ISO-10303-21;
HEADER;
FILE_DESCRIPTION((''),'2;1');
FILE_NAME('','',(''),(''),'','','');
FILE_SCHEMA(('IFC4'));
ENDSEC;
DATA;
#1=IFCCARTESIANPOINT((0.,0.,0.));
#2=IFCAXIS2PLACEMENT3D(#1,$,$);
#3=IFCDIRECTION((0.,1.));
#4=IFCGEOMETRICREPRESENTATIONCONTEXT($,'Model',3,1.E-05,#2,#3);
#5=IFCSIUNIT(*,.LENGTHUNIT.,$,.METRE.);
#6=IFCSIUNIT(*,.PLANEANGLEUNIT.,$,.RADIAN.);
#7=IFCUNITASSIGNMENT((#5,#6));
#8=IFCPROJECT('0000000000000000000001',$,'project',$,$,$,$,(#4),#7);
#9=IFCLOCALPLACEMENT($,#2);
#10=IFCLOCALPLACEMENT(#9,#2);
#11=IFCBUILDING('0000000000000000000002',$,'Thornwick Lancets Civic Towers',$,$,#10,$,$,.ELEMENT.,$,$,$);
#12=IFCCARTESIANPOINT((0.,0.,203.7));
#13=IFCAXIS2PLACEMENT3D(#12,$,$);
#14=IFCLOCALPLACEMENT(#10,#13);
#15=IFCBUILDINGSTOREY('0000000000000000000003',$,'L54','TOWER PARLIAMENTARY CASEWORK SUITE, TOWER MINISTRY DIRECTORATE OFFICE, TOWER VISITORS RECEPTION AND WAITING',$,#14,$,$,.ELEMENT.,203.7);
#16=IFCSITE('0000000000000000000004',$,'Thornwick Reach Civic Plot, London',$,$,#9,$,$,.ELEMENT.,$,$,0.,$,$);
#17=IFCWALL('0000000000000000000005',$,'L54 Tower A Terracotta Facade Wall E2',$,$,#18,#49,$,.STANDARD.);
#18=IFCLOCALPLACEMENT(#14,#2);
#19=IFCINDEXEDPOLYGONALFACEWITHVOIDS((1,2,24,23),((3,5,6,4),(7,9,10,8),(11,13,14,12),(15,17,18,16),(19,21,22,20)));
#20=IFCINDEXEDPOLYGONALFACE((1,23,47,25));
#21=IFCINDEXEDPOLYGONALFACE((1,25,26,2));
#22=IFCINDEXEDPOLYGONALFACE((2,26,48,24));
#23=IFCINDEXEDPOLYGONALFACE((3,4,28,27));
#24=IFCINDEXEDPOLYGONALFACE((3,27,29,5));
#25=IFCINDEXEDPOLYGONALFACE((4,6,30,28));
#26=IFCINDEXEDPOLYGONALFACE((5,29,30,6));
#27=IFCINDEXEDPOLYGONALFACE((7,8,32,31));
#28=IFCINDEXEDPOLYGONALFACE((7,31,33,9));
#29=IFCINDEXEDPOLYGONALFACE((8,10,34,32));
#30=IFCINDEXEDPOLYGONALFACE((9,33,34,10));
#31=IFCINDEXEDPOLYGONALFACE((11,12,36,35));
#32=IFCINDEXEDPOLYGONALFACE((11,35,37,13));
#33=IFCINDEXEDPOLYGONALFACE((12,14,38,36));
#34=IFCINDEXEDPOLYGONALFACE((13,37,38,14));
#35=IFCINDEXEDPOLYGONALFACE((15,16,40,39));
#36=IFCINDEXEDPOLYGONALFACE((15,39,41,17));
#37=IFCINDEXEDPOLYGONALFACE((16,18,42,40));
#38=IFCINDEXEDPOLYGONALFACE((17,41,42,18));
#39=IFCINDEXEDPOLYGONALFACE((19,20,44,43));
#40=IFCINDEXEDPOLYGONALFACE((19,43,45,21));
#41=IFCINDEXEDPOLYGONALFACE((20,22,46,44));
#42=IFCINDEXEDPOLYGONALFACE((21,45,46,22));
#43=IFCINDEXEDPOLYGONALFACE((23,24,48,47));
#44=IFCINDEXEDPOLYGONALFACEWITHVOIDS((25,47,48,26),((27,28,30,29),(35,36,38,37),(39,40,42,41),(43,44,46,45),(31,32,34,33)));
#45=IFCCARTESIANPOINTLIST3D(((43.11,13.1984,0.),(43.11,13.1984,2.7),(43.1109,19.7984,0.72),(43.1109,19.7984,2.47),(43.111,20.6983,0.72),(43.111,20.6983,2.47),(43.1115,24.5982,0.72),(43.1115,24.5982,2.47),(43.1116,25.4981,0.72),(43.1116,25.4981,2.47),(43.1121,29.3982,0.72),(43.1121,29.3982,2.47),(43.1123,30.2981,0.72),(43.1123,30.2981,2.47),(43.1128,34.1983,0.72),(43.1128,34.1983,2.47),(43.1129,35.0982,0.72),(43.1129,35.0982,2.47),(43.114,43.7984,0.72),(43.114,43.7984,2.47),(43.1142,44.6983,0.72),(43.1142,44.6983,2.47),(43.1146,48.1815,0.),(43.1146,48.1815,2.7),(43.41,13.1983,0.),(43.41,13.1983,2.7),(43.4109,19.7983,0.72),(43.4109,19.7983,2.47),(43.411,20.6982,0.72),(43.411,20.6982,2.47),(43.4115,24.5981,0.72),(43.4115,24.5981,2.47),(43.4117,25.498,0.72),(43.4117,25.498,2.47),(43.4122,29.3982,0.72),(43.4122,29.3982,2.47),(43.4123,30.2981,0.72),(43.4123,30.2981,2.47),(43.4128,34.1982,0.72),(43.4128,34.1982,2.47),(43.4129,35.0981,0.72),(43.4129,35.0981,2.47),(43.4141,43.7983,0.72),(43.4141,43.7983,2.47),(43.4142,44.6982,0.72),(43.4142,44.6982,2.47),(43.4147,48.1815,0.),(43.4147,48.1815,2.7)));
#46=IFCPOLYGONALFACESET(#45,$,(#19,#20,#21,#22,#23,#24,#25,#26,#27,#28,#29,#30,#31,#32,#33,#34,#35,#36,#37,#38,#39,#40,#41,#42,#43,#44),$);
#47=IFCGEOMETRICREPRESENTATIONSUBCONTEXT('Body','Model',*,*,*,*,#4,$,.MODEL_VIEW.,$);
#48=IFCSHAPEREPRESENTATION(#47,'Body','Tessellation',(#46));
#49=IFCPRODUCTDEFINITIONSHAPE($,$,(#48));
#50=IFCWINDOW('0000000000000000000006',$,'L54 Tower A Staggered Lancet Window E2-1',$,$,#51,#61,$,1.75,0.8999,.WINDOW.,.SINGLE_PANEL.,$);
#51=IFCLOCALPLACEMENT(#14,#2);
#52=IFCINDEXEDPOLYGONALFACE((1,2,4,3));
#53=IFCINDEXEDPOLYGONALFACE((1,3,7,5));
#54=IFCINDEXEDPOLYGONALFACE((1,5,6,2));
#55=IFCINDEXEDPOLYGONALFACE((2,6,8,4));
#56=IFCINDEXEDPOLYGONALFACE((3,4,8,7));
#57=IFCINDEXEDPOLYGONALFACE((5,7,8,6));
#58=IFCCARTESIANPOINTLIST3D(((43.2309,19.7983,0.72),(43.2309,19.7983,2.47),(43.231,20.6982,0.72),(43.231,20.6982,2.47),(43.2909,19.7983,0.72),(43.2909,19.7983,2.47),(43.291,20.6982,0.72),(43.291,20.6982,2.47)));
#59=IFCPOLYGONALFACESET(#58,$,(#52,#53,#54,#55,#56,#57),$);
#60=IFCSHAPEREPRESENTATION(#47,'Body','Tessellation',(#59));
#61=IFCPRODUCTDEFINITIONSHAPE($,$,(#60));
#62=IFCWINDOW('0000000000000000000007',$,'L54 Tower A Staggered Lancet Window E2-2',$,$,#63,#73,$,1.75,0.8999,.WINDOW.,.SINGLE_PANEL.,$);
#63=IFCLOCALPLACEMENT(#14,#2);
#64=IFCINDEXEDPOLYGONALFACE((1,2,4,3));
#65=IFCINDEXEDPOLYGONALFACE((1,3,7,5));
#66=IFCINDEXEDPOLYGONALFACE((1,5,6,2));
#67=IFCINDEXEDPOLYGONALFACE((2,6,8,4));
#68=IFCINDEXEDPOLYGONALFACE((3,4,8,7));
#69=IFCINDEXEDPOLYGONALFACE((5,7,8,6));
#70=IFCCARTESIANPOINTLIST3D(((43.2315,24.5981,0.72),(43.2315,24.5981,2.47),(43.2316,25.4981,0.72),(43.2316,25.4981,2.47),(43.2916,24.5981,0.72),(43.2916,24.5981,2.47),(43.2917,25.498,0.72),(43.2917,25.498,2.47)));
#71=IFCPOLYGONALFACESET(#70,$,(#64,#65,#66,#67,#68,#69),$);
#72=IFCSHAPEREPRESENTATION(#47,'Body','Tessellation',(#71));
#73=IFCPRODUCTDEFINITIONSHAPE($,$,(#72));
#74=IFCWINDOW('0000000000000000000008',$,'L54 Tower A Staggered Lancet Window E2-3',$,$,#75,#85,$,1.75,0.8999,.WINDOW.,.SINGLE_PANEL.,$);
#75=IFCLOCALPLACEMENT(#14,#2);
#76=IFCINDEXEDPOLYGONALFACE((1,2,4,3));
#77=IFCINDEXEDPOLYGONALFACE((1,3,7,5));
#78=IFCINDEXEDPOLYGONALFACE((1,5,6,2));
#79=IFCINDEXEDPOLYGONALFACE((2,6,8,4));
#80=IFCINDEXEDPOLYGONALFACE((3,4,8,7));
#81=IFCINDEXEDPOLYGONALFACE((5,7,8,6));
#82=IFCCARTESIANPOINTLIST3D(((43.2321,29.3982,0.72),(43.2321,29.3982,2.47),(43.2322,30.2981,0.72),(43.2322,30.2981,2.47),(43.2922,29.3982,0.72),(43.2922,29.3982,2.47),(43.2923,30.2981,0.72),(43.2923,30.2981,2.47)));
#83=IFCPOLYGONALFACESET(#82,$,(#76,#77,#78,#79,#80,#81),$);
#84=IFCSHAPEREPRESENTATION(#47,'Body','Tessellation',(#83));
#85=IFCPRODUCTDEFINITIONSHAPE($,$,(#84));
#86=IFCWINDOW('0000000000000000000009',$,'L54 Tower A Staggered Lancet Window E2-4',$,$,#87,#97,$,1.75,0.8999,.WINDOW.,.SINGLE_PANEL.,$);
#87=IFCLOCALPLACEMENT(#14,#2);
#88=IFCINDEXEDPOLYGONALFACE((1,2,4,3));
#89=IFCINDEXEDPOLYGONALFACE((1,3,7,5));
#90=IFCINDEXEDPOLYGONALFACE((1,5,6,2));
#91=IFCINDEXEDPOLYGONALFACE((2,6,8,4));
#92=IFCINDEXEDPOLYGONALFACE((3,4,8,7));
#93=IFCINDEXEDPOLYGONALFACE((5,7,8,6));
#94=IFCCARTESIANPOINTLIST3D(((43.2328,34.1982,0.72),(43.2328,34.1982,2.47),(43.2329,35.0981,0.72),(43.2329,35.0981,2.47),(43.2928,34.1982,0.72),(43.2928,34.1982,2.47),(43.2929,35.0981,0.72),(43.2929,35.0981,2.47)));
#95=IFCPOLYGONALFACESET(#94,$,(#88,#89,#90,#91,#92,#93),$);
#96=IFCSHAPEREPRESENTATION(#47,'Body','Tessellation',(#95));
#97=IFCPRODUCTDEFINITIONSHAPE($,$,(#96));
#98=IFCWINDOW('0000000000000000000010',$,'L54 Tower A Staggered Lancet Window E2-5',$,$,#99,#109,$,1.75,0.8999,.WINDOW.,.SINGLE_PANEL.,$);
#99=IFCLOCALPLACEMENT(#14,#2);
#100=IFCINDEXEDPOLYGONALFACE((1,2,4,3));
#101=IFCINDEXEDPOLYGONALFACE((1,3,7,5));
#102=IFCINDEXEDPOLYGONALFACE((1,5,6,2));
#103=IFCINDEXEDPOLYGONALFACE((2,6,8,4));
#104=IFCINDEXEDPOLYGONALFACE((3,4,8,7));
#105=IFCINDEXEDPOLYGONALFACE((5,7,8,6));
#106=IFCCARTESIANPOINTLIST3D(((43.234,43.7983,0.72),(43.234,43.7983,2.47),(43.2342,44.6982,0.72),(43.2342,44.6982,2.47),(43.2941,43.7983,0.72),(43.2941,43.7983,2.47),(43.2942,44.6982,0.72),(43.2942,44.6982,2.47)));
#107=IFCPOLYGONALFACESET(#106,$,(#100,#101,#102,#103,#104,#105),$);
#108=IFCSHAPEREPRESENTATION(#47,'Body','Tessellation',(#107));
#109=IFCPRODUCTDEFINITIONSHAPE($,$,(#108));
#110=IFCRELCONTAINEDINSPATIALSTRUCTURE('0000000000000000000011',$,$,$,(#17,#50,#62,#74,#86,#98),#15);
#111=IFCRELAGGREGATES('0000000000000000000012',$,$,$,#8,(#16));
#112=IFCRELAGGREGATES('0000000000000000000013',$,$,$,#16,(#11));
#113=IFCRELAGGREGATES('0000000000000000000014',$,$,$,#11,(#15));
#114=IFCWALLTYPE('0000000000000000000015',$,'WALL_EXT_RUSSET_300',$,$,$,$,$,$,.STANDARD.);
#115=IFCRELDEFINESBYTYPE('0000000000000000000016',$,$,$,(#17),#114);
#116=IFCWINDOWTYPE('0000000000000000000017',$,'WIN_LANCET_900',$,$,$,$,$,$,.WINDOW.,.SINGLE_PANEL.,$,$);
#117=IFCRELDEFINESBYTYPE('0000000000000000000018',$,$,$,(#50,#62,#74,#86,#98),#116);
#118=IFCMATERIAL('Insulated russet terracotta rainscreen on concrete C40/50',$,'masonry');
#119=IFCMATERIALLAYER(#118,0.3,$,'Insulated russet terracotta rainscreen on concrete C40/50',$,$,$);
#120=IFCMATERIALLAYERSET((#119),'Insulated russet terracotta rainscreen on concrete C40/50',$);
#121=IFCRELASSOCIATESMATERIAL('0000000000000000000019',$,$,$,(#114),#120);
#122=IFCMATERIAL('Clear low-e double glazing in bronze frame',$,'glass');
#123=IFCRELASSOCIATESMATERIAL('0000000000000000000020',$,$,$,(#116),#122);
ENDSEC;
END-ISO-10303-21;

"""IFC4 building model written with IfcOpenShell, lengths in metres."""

from ifc_helpers import new_model, si_unit, direction, frame, frame_2d, origin, place, context, subcontext, project, spatial, rectangle, extrude, material, layer, layer_set, type_object, element, fill, save


model = new_model("IFC4")

# Units and contexts
model_context = context("Model", 3, precision=1e-05, world=origin(), true_north=direction((0.0, 1.0)))
body_context = subcontext(model_context, "Body", "Model", "MODEL_VIEW")
ifc_project = project(units=[si_unit("LENGTHUNIT", "METRE"), si_unit("PLANEANGLEUNIT", "RADIAN")], contexts=[model_context])

# Site, building, storey
site_placement = place(None, origin())
site = spatial("IfcSite", under=ifc_project, at=site_placement, Name="Thornwick Reach Civic Plot, London", CompositionType="ELEMENT", RefElevation=0.0)
building_placement = place(site_placement, origin())
building = spatial("IfcBuilding", under=site, at=building_placement, Name="Thornwick Lancets Civic Towers", CompositionType="ELEMENT")
storey_placement = place(building_placement, frame((0.0, 0.0, 203.7)))
storey = spatial("IfcBuildingStorey", under=building, at=storey_placement, Name="L54", Description="TOWER PARLIAMENTARY CASEWORK SUITE, TOWER MINISTRY DIRECTORATE OFFICE, TOWER VISITORS RECEPTION AND WAITING", CompositionType="ELEMENT", Elevation=203.7)

# Wall, openings, windows
ifc_material_1 = material(Name="Insulated russet terracotta rainscreen on concrete C40/50", Category="masonry")
ifc_layer_1 = layer(ifc_material_1, 0.3, Name="Insulated russet terracotta rainscreen on concrete C40/50")
ifc_layer_set_1 = layer_set([ifc_layer_1], Name="Insulated russet terracotta rainscreen on concrete C40/50")
wall_type_1 = type_object("IfcWallType", Name="WALL_EXT_RUSSET_300", PredefinedType="STANDARD", material=ifc_layer_set_1)
wall_1_placement = place(storey_placement, frame((43.26, 13.1982, 0.0), z_axis=(0.0, 0.0, 1.0), x_axis=(0.000133, 1.0, 0.0)))
wall_1 = element("IfcWall", 1, at=wall_1_placement, inside=storey, type_object=wall_type_1, Name="L54 Tower A Terracotta Facade Wall E2", PredefinedType="STANDARD", context=body_context, shape_type="SweptSolid", body=[
    extrude(rectangle(XDim=34.9832, YDim=0.3, at=frame_2d((17.4917, 0.0))), origin(), (0.0, 0.0, 1.0), 2.7),
])
opening_1_placement = place(wall_1_placement, frame((6.6001, 0.0, 0.72)))
opening_1 = element("IfcOpeningElement", 2, at=opening_1_placement, cuts=wall_1, PredefinedType="OPENING", context=body_context, shape_type="SweptSolid", body=[
    extrude(rectangle(XDim=0.8999, YDim=1.75, at=frame_2d((0.45, 0.875))), frame((0.0, 0.1602, 0.0), z_axis=(0.0, -1.0, 0.0), x_axis=(1.0, 0.0, 0.0)), (0.0, 0.0, 1.0), 0.3201),
])
opening_2_placement = place(wall_1_placement, frame((11.3999, 0.0, 0.72)))
opening_2 = element("IfcOpeningElement", 3, at=opening_2_placement, cuts=wall_1, PredefinedType="OPENING", context=body_context, shape_type="SweptSolid", body=[
    extrude(rectangle(XDim=0.8999, YDim=1.75, at=frame_2d((0.45, 0.875))), frame((0.0, 0.1602, 0.0), z_axis=(0.0, -1.0, 0.0), x_axis=(1.0, 0.0, 0.0)), (0.0, 0.0, 1.0), 0.3201),
])
opening_3_placement = place(wall_1_placement, frame((16.2, 0.0, 0.72)))
opening_3 = element("IfcOpeningElement", 4, at=opening_3_placement, cuts=wall_1, PredefinedType="OPENING", context=body_context, shape_type="SweptSolid", body=[
    extrude(rectangle(XDim=0.8999, YDim=1.75, at=frame_2d((0.45, 0.875))), frame((0.0, 0.1602, 0.0), z_axis=(0.0, -1.0, 0.0), x_axis=(1.0, 0.0, 0.0)), (0.0, 0.0, 1.0), 0.3201),
])
opening_4_placement = place(wall_1_placement, frame((21.0, 0.0, 0.72)))
opening_4 = element("IfcOpeningElement", 5, at=opening_4_placement, cuts=wall_1, PredefinedType="OPENING", context=body_context, shape_type="SweptSolid", body=[
    extrude(rectangle(XDim=0.8999, YDim=1.75, at=frame_2d((0.45, 0.875))), frame((0.0, 0.1602, 0.0), z_axis=(0.0, -1.0, 0.0), x_axis=(1.0, 0.0, 0.0)), (0.0, 0.0, 1.0), 0.3201),
])
opening_5_placement = place(wall_1_placement, frame((30.6001, 0.0, 0.72)))
opening_5 = element("IfcOpeningElement", 6, at=opening_5_placement, cuts=wall_1, PredefinedType="OPENING", context=body_context, shape_type="SweptSolid", body=[
    extrude(rectangle(XDim=0.8999, YDim=1.75, at=frame_2d((0.45, 0.875))), frame((0.0, 0.1602, 0.0), z_axis=(0.0, -1.0, 0.0), x_axis=(1.0, 0.0, 0.0)), (0.0, 0.0, 1.0), 0.3201),
])
ifc_material_2 = material(Name="Clear low-e double glazing in bronze frame", Category="glass")
window_type = type_object("IfcWindowType", Name="WIN_LANCET_900", PartitioningType="SINGLE_PANEL", PredefinedType="WINDOW", material=ifc_material_2)
window_1_placement = place(opening_1_placement, origin())
window_1 = element("IfcWindow", 7, at=window_1_placement, inside=storey, type_object=window_type, Name="L54 Tower A Staggered Lancet Window E2-1", OverallHeight=1.75, OverallWidth=0.8999, PartitioningType="SINGLE_PANEL", PredefinedType="WINDOW", context=body_context, shape_type="SweptSolid", body=[
    extrude(rectangle(XDim=0.8999, YDim=1.75, at=frame_2d((0.45, 0.875))), frame((0.0, 0.03, 0.0), z_axis=(0.0, -1.0, 0.0), x_axis=(1.0, 0.0, 0.0)), (0.0, 0.0, 1.0), 0.0601),
])
fill(opening_1, window_1)
window_2_placement = place(opening_2_placement, origin())
window_2 = element("IfcWindow", 8, at=window_2_placement, inside=storey, type_object=window_type, Name="L54 Tower A Staggered Lancet Window E2-2", OverallHeight=1.75, OverallWidth=0.8999, PartitioningType="SINGLE_PANEL", PredefinedType="WINDOW", context=body_context, shape_type="SweptSolid", body=[
    extrude(rectangle(XDim=0.8999, YDim=1.75, at=frame_2d((0.45, 0.875))), frame((0.0, 0.03, 0.0), z_axis=(0.0, -1.0, 0.0), x_axis=(1.0, 0.0, 0.0)), (0.0, 0.0, 1.0), 0.0601),
])
fill(opening_2, window_2)
window_3_placement = place(opening_3_placement, origin())
window_3 = element("IfcWindow", 9, at=window_3_placement, inside=storey, type_object=window_type, Name="L54 Tower A Staggered Lancet Window E2-3", OverallHeight=1.75, OverallWidth=0.8999, PartitioningType="SINGLE_PANEL", PredefinedType="WINDOW", context=body_context, shape_type="SweptSolid", body=[
    extrude(rectangle(XDim=0.8999, YDim=1.75, at=frame_2d((0.45, 0.875))), frame((0.0, 0.03, 0.0), z_axis=(0.0, -1.0, 0.0), x_axis=(1.0, 0.0, 0.0)), (0.0, 0.0, 1.0), 0.0601),
])
fill(opening_3, window_3)
window_4_placement = place(opening_4_placement, origin())
window_4 = element("IfcWindow", 10, at=window_4_placement, inside=storey, type_object=window_type, Name="L54 Tower A Staggered Lancet Window E2-4", OverallHeight=1.75, OverallWidth=0.8999, PartitioningType="SINGLE_PANEL", PredefinedType="WINDOW", context=body_context, shape_type="SweptSolid", body=[
    extrude(rectangle(XDim=0.8999, YDim=1.75, at=frame_2d((0.45, 0.875))), frame((0.0, 0.03, 0.0), z_axis=(0.0, -1.0, 0.0), x_axis=(1.0, 0.0, 0.0)), (0.0, 0.0, 1.0), 0.0601),
])
fill(opening_4, window_4)
window_5_placement = place(opening_5_placement, origin())
window_5 = element("IfcWindow", 11, at=window_5_placement, inside=storey, type_object=window_type, Name="L54 Tower A Staggered Lancet Window E2-5", OverallHeight=1.75, OverallWidth=0.8999, PartitioningType="SINGLE_PANEL", PredefinedType="WINDOW", context=body_context, shape_type="SweptSolid", body=[
    extrude(rectangle(XDim=0.8999, YDim=1.75, at=frame_2d((0.45, 0.875))), frame((0.0, 0.03, 0.0), z_axis=(0.0, -1.0, 0.0), x_axis=(1.0, 0.0, 0.0)), (0.0, 0.0, 1.0), 0.0601),
])
fill(opening_5, window_5)

save(model, "model.ifc")
